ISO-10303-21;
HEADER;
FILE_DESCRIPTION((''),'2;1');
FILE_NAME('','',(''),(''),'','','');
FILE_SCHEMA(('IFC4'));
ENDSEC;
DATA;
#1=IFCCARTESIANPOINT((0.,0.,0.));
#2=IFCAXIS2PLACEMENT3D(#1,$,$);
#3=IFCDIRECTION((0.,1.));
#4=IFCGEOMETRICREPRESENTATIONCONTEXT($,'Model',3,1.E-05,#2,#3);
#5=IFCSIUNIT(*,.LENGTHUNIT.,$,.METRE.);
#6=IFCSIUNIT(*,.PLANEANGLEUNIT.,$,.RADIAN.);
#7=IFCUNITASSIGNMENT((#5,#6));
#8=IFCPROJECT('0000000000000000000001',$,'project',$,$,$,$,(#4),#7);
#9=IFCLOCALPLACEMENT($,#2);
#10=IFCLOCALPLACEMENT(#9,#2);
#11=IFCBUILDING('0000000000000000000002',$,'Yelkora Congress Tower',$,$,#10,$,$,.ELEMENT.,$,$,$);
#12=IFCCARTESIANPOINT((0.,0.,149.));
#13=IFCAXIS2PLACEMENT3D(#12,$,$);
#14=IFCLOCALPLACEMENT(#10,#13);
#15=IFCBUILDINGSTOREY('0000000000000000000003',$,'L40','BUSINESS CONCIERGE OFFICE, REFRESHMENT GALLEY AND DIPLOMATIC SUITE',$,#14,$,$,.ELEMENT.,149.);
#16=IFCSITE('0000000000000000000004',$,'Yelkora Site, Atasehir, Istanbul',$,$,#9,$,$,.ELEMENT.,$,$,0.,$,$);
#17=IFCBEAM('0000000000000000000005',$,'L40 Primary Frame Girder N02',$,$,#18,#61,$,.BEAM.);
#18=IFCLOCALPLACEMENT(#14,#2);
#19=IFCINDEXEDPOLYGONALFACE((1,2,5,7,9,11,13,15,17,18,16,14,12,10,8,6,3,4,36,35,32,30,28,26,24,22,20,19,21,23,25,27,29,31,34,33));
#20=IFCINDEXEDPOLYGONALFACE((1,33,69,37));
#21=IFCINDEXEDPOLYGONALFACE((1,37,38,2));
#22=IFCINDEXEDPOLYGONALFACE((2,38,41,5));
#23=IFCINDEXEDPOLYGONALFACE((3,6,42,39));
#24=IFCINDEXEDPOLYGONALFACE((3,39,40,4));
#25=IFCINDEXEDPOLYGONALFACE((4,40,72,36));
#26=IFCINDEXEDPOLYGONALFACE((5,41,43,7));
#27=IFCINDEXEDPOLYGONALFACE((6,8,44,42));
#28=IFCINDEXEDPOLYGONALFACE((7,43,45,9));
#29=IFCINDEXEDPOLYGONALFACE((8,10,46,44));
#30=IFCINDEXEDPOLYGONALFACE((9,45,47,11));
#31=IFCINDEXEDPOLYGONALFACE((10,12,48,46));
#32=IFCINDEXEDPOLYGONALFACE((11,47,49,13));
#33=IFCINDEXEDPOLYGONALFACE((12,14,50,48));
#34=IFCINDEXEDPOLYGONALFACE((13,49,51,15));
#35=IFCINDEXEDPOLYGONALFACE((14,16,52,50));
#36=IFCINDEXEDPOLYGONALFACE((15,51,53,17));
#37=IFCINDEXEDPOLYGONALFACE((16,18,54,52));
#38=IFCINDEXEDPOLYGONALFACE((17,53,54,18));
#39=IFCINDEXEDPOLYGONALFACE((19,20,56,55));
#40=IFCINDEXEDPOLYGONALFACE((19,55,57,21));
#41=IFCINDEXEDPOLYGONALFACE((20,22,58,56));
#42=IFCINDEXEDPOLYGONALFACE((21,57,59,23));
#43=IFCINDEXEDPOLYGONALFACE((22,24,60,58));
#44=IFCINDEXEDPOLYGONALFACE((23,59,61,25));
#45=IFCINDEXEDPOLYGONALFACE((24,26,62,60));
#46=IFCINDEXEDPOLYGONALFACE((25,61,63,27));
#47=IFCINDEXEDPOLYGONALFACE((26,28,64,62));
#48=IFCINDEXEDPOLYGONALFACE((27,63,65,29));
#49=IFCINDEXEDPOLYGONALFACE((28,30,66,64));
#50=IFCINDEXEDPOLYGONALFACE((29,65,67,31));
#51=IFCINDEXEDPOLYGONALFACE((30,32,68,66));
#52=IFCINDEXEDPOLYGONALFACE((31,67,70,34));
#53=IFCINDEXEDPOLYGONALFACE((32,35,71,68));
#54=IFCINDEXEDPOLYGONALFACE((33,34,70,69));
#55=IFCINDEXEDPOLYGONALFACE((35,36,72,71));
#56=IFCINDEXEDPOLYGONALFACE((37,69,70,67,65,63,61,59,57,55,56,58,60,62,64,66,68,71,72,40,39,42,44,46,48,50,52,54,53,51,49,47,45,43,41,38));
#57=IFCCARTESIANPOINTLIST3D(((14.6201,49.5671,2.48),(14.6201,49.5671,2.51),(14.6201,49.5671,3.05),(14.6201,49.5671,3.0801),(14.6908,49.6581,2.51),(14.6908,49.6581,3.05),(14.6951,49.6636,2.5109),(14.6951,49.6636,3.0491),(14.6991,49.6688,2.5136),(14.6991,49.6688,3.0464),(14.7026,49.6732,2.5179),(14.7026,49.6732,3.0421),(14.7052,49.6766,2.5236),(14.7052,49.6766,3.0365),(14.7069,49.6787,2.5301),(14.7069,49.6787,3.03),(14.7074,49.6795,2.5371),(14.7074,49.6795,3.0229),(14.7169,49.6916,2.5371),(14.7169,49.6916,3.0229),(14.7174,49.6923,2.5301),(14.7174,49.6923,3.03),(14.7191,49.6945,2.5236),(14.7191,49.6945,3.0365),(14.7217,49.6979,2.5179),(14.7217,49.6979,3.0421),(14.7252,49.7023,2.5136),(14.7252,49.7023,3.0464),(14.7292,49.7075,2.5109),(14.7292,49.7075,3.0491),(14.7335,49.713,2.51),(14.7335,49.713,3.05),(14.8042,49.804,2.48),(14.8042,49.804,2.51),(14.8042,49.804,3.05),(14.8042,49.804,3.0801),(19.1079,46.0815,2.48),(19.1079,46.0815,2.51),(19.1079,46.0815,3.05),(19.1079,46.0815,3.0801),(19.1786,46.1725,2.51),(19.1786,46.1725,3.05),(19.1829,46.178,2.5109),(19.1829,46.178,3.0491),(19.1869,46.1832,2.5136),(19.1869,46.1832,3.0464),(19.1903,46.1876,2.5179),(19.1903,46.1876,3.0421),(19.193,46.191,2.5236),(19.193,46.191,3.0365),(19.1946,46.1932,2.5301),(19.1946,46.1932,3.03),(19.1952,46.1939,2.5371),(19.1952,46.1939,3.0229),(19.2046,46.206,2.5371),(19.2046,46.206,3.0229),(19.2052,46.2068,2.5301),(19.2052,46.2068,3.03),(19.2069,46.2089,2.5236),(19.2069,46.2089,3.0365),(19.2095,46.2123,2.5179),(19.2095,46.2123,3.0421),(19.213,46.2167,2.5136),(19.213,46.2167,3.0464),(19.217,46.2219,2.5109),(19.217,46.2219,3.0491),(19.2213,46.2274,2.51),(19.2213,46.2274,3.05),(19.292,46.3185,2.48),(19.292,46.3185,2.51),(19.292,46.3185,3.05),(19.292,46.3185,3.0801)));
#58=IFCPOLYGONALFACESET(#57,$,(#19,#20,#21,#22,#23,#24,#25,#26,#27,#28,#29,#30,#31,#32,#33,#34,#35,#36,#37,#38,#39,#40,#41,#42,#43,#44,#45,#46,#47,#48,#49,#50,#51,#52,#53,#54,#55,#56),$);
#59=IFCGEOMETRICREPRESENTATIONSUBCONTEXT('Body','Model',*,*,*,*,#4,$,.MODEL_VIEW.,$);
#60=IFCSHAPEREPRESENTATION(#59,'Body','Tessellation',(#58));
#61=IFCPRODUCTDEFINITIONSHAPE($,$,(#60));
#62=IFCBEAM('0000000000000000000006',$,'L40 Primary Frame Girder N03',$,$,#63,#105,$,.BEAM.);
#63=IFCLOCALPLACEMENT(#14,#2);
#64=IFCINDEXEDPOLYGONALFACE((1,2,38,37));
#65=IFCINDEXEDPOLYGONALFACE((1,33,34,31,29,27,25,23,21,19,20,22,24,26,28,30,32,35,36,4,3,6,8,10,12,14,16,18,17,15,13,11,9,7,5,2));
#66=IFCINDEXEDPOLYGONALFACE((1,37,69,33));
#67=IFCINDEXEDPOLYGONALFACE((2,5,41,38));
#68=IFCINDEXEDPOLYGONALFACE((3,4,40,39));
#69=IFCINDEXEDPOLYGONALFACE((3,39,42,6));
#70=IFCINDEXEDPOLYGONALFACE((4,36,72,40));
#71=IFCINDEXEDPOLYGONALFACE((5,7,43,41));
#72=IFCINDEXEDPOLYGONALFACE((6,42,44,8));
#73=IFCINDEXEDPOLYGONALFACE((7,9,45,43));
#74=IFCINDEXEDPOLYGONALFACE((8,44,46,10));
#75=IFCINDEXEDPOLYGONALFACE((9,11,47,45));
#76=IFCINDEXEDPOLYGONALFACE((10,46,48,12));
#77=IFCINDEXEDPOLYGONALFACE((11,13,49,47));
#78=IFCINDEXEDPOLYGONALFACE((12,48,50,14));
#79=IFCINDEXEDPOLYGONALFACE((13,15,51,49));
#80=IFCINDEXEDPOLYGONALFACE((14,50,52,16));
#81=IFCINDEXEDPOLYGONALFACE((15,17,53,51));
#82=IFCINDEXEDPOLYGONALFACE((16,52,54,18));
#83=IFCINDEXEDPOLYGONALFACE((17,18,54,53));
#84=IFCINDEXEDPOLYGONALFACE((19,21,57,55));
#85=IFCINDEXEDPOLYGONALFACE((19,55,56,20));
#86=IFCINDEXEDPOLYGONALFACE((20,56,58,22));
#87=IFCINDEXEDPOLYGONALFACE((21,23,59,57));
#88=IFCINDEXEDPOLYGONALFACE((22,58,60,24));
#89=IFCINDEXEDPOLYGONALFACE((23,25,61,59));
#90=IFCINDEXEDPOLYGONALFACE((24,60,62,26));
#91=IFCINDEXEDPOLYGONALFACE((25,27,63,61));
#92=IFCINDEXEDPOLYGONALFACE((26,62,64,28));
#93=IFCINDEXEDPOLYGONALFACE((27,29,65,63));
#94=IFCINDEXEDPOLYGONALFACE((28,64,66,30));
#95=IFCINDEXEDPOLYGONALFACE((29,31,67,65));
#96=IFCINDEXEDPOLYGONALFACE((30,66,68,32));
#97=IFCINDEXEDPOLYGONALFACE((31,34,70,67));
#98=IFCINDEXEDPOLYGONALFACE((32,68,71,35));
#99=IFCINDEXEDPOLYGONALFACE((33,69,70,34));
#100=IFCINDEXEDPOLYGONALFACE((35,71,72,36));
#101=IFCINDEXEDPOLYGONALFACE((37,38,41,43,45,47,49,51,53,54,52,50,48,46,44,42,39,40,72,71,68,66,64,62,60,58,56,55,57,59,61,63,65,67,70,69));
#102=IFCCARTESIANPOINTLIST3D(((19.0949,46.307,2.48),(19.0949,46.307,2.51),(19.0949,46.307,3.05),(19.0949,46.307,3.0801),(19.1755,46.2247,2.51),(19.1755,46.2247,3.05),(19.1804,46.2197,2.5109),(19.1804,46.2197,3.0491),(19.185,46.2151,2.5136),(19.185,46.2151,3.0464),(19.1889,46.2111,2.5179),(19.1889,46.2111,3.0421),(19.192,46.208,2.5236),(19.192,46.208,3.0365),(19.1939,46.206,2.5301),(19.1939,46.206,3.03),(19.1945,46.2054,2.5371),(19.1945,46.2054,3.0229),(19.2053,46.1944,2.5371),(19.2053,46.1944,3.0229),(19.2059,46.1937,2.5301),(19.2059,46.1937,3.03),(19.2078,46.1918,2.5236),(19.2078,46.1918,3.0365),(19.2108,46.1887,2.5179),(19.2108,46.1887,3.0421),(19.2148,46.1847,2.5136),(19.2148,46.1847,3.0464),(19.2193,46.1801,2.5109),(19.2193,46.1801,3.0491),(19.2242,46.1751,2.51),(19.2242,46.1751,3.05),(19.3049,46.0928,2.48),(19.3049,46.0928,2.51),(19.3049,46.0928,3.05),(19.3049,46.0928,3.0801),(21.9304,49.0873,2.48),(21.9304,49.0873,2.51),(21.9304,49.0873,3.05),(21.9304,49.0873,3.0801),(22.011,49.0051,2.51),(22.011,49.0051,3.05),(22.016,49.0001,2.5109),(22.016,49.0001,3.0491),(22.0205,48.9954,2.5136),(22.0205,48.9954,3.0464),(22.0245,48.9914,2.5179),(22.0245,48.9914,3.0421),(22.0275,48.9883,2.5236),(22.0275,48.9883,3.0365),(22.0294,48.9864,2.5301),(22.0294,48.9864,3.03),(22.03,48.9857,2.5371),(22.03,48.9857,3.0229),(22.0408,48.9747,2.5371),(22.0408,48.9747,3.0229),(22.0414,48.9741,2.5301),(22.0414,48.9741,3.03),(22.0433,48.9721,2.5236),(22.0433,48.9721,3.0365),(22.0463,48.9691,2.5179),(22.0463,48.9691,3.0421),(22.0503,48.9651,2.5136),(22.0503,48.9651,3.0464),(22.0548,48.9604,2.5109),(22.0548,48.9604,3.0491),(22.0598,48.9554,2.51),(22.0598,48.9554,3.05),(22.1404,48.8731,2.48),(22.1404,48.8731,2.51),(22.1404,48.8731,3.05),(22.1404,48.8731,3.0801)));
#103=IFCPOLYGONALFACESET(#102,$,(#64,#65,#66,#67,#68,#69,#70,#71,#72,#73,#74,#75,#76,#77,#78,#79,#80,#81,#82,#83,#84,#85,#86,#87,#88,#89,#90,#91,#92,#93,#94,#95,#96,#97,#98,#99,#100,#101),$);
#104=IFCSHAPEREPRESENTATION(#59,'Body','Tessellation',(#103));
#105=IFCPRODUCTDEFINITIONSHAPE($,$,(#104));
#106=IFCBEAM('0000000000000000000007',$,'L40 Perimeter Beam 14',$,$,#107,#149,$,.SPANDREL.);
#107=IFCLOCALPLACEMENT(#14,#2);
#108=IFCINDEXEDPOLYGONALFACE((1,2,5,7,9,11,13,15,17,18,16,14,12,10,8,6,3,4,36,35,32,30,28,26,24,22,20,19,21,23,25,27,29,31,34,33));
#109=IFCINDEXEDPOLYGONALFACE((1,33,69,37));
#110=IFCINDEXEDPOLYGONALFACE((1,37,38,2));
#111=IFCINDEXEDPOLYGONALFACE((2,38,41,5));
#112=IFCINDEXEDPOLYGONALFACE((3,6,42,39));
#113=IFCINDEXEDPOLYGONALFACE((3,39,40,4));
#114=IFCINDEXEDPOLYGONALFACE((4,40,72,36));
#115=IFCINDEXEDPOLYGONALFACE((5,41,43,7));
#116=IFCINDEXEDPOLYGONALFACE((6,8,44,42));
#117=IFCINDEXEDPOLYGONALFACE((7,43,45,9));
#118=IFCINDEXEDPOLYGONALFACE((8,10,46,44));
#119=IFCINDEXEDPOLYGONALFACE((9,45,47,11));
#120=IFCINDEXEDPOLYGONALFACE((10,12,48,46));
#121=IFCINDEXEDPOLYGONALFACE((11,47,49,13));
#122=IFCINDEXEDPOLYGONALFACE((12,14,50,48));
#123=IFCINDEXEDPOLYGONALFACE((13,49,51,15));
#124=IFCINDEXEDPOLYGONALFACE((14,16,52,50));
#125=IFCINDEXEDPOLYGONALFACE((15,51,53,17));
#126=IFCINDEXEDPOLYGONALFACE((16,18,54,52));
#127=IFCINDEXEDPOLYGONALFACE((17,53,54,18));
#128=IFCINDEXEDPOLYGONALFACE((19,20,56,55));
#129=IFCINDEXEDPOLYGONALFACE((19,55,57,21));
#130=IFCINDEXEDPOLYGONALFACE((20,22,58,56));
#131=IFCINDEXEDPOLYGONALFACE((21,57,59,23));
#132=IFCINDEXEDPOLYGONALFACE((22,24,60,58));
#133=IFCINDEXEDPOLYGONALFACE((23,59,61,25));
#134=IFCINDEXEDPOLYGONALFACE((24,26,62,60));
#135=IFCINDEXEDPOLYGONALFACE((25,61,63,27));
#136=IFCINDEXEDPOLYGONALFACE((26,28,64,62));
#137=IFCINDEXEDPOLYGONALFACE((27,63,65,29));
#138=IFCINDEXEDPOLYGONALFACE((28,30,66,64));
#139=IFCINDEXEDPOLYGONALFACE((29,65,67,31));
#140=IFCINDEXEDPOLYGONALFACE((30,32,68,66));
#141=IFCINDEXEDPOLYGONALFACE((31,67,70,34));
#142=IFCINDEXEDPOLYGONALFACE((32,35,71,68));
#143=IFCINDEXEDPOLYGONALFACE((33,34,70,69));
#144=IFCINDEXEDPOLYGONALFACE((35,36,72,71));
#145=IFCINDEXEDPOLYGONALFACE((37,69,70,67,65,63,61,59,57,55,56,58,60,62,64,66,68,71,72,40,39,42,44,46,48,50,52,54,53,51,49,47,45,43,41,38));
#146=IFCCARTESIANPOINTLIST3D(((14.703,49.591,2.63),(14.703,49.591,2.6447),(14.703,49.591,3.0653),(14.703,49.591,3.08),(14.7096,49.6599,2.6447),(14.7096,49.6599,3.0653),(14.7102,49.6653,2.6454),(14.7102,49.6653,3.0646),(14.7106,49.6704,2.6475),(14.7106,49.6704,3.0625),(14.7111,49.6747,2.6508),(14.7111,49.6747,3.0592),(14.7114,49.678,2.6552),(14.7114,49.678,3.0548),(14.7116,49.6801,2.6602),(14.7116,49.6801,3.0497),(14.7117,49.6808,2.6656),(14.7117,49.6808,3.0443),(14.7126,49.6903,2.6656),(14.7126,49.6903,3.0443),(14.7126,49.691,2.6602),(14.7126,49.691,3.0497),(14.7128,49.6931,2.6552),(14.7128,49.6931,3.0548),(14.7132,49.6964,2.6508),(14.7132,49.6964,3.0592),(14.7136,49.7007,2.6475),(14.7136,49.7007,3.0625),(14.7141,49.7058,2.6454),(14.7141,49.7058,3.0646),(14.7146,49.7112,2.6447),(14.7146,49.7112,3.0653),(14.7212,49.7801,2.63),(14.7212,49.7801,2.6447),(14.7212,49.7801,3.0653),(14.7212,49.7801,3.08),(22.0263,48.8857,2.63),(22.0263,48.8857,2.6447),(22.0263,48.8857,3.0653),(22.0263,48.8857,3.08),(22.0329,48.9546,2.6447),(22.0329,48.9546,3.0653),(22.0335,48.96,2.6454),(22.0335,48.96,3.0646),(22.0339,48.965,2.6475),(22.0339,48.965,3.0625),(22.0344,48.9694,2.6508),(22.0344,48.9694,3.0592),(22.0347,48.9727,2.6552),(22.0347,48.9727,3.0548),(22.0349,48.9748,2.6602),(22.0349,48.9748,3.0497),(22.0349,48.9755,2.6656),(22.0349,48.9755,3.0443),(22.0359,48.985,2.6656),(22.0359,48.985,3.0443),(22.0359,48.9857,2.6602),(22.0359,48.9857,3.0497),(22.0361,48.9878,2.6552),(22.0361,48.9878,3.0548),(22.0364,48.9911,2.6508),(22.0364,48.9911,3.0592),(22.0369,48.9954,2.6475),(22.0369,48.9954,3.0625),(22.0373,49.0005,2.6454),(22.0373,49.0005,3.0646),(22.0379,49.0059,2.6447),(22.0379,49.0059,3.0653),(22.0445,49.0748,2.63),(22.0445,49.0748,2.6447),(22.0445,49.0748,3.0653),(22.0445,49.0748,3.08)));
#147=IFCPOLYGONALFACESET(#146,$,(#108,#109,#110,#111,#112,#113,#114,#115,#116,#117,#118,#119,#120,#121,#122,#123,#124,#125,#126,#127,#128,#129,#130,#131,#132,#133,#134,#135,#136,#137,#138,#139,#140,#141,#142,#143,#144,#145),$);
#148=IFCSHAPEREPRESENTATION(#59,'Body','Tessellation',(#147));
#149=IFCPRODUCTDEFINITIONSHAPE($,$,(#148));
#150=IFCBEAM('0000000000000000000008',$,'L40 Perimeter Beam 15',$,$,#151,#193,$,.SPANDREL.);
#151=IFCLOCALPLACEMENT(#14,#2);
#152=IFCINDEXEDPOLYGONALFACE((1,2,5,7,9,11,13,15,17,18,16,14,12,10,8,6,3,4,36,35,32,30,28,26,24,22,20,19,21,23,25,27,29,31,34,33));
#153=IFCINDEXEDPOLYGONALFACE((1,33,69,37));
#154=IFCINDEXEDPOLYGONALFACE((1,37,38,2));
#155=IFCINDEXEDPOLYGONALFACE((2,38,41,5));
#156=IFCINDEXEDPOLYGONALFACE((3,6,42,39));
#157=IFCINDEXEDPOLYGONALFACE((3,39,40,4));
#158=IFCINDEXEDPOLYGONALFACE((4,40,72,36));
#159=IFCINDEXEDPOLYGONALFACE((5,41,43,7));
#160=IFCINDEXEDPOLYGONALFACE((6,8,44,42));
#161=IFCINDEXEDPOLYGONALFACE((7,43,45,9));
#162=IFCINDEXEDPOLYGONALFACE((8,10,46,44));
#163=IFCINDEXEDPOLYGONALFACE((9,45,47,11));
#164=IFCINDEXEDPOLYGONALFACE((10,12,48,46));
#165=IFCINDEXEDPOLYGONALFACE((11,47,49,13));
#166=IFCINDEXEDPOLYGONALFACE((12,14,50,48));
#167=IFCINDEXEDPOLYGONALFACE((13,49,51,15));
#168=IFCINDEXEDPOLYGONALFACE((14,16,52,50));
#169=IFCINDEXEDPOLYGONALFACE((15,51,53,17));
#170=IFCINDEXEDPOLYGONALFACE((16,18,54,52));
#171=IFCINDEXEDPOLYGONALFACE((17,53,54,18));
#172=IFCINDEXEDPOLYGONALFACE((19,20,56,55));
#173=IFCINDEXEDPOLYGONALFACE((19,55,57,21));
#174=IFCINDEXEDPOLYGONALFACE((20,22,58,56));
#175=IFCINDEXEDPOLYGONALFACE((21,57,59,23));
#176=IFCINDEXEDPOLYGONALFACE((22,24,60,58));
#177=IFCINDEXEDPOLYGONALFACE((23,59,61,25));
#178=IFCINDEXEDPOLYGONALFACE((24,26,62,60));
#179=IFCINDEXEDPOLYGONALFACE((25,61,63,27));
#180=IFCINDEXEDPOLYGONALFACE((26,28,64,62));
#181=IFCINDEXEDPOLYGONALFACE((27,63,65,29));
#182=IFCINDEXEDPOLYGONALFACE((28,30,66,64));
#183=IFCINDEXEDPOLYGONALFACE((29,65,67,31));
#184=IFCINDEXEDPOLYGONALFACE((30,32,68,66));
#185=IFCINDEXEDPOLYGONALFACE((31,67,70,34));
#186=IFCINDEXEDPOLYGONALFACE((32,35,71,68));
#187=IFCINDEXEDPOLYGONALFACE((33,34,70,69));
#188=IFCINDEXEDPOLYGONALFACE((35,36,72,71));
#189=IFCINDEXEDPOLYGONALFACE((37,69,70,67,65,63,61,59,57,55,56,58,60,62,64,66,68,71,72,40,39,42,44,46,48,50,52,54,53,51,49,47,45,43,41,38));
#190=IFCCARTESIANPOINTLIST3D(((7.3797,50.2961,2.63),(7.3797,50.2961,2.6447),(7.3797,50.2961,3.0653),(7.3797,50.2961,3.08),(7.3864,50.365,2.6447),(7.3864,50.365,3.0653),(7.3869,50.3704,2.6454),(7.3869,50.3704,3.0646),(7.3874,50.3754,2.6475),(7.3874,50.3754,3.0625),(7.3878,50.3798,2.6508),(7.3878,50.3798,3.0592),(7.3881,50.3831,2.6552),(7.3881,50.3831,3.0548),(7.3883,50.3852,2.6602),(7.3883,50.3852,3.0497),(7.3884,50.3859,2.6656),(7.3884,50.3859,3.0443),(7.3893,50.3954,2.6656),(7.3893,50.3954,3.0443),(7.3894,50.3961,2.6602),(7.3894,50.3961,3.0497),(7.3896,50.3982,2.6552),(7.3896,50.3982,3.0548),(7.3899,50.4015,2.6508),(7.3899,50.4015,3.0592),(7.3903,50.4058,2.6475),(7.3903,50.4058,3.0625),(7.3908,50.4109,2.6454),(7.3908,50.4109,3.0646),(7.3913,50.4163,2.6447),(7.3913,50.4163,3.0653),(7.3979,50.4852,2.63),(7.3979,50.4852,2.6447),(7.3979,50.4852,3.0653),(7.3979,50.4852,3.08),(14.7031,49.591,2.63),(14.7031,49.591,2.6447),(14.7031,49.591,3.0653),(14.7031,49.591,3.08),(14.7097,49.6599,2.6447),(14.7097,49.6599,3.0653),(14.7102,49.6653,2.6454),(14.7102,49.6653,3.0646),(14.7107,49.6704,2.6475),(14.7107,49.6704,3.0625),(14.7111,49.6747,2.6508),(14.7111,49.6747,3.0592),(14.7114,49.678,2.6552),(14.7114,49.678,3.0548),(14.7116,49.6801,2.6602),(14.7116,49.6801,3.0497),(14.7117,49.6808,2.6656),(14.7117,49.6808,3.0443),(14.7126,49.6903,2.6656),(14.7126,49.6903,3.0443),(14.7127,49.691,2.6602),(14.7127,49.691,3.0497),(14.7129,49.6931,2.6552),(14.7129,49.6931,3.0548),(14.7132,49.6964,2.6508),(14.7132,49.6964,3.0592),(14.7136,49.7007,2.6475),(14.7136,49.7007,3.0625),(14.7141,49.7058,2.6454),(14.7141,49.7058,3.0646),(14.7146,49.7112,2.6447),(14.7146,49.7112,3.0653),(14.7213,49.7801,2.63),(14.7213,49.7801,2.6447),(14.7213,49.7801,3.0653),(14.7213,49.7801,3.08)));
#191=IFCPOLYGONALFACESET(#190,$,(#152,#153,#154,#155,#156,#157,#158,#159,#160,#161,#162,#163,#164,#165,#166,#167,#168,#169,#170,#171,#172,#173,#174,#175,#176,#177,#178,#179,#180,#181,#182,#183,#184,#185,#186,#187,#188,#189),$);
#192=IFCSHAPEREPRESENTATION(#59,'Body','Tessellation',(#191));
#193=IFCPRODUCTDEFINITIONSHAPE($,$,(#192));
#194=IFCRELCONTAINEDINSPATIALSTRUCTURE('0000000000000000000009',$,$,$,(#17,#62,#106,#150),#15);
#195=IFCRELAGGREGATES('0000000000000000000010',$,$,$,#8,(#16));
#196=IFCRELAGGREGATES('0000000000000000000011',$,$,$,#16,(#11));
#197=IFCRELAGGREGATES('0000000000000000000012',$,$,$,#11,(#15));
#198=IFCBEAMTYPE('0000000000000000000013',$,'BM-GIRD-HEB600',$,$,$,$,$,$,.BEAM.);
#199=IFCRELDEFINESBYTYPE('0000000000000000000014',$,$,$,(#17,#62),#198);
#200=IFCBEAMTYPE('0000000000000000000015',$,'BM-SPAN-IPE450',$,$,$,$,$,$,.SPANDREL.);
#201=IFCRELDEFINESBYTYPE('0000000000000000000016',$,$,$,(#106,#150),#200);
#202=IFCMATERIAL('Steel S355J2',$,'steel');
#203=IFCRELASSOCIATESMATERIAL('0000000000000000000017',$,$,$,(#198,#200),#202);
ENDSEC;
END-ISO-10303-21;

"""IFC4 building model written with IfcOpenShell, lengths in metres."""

from ifc_helpers import new_model, si_unit, direction, frame, origin, origin_2d, place, context, subcontext, project, spatial, i_section, extrude, material, material_profile, profile_set, type_object, element, save


model = new_model("IFC4")

# Units and contexts
model_context = context("Model", 3, precision=1e-05, world=origin(), true_north=direction((0.0, 1.0)))
body_context = subcontext(model_context, "Body", "Model", "MODEL_VIEW")
ifc_project = project(units=[si_unit("LENGTHUNIT", "METRE"), si_unit("PLANEANGLEUNIT", "RADIAN")], contexts=[model_context])

# Site, building, storey
site_placement = place(None, origin())
site = spatial("IfcSite", under=ifc_project, at=site_placement, Name="Yelkora Site, Atasehir, Istanbul", CompositionType="ELEMENT", RefElevation=0.0)
building_placement = place(site_placement, origin())
building = spatial("IfcBuilding", under=site, at=building_placement, Name="Yelkora Congress Tower", CompositionType="ELEMENT")
storey_placement = place(building_placement, frame((0.0, 0.0, 149.0)))
storey = spatial("IfcBuildingStorey", under=building, at=storey_placement, Name="L40", Description="BUSINESS CONCIERGE OFFICE, REFRESHMENT GALLEY AND DIPLOMATIC SUITE", CompositionType="ELEMENT", Elevation=149.0)

# Beams
ifc_material_1 = material(Name="Steel S355J2", Category="steel")
ifc_material_profile_1 = material_profile(ifc_material_1, i_section(OverallWidth=0.3, OverallDepth=0.6001, WebThickness=0.0154, FlangeThickness=0.03, FilletRadius=0.0271, at=origin_2d()), Name="HEB 600")
ifc_profile_set_1 = profile_set([ifc_material_profile_1], Name="Steel S355J2")
beam_type_1 = type_object("IfcBeamType", Name="BM-GIRD-HEB600", PredefinedType="BEAM", material=ifc_profile_set_1)
beam_1_placement = place(storey_placement, frame((14.7122, 49.6855, 2.78), z_axis=(0.789771, -0.613402, 0.0), x_axis=(0.613402, 0.789771, 0.0)))
element("IfcBeam", 1, at=beam_1_placement, inside=storey, type_object=beam_type_1, Name="L40 Primary Frame Girder N02", PredefinedType="BEAM", context=body_context, shape_type="SweptSolid", body=[
    extrude(i_section(OverallWidth=0.3, OverallDepth=0.6001, WebThickness=0.0154, FlangeThickness=0.03, FilletRadius=0.0271, at=origin_2d()), origin(), (0.0, 0.0, 1.0), 5.6824),
])
beam_2_placement = place(storey_placement, frame((22.0354, 48.9802, 2.78), z_axis=(-0.71402, -0.700126, 0.0), x_axis=(0.700126, -0.71402, 0.0)))
element("IfcBeam", 2, at=beam_2_placement, inside=storey, type_object=beam_type_1, Name="L40 Primary Frame Girder N03", PredefinedType="BEAM", context=body_context, shape_type="SweptSolid", body=[
    extrude(i_section(OverallWidth=0.3, OverallDepth=0.6001, WebThickness=0.0154, FlangeThickness=0.03, FilletRadius=0.0271, at=origin_2d()), origin(), (0.0, 0.0, 1.0), 3.9712),
])
ifc_material_profile_2 = material_profile(ifc_material_1, i_section(OverallWidth=0.1899, OverallDepth=0.45, WebThickness=0.0095, FlangeThickness=0.0146, FilletRadius=0.021, at=origin_2d()), Name="IPE 450")
ifc_profile_set_2 = profile_set([ifc_material_profile_2], Name="Steel S355J2")
beam_type_2 = type_object("IfcBeamType", Name="BM-SPAN-IPE450", PredefinedType="SPANDREL", material=ifc_profile_set_2)
for number, where, z_axis, x_axis, name in (
    (3, (22.0354, 48.9802, 2.855), (-0.995394, 0.095869, 0.0), (-0.095869, -0.995394, 0.0), "L40 Perimeter Beam 14"),
    (4, (14.7122, 49.6855, 2.855), (-0.995397, 0.095836, 0.0), (-0.095836, -0.995397, 0.0), "L40 Perimeter Beam 15"),
):
    element("IfcBeam", number, at=place(storey_placement, frame(where, z_axis=z_axis, x_axis=x_axis)), inside=storey, type_object=beam_type_2, Name=name, PredefinedType="SPANDREL", context=body_context, shape_type="SweptSolid", body=[
        extrude(i_section(OverallWidth=0.1899, OverallDepth=0.45, WebThickness=0.0095, FlangeThickness=0.0146, FilletRadius=0.021, at=origin_2d()), origin(), (0.0, 0.0, 1.0), 7.3572),
    ])

save(model, "model.ifc")
